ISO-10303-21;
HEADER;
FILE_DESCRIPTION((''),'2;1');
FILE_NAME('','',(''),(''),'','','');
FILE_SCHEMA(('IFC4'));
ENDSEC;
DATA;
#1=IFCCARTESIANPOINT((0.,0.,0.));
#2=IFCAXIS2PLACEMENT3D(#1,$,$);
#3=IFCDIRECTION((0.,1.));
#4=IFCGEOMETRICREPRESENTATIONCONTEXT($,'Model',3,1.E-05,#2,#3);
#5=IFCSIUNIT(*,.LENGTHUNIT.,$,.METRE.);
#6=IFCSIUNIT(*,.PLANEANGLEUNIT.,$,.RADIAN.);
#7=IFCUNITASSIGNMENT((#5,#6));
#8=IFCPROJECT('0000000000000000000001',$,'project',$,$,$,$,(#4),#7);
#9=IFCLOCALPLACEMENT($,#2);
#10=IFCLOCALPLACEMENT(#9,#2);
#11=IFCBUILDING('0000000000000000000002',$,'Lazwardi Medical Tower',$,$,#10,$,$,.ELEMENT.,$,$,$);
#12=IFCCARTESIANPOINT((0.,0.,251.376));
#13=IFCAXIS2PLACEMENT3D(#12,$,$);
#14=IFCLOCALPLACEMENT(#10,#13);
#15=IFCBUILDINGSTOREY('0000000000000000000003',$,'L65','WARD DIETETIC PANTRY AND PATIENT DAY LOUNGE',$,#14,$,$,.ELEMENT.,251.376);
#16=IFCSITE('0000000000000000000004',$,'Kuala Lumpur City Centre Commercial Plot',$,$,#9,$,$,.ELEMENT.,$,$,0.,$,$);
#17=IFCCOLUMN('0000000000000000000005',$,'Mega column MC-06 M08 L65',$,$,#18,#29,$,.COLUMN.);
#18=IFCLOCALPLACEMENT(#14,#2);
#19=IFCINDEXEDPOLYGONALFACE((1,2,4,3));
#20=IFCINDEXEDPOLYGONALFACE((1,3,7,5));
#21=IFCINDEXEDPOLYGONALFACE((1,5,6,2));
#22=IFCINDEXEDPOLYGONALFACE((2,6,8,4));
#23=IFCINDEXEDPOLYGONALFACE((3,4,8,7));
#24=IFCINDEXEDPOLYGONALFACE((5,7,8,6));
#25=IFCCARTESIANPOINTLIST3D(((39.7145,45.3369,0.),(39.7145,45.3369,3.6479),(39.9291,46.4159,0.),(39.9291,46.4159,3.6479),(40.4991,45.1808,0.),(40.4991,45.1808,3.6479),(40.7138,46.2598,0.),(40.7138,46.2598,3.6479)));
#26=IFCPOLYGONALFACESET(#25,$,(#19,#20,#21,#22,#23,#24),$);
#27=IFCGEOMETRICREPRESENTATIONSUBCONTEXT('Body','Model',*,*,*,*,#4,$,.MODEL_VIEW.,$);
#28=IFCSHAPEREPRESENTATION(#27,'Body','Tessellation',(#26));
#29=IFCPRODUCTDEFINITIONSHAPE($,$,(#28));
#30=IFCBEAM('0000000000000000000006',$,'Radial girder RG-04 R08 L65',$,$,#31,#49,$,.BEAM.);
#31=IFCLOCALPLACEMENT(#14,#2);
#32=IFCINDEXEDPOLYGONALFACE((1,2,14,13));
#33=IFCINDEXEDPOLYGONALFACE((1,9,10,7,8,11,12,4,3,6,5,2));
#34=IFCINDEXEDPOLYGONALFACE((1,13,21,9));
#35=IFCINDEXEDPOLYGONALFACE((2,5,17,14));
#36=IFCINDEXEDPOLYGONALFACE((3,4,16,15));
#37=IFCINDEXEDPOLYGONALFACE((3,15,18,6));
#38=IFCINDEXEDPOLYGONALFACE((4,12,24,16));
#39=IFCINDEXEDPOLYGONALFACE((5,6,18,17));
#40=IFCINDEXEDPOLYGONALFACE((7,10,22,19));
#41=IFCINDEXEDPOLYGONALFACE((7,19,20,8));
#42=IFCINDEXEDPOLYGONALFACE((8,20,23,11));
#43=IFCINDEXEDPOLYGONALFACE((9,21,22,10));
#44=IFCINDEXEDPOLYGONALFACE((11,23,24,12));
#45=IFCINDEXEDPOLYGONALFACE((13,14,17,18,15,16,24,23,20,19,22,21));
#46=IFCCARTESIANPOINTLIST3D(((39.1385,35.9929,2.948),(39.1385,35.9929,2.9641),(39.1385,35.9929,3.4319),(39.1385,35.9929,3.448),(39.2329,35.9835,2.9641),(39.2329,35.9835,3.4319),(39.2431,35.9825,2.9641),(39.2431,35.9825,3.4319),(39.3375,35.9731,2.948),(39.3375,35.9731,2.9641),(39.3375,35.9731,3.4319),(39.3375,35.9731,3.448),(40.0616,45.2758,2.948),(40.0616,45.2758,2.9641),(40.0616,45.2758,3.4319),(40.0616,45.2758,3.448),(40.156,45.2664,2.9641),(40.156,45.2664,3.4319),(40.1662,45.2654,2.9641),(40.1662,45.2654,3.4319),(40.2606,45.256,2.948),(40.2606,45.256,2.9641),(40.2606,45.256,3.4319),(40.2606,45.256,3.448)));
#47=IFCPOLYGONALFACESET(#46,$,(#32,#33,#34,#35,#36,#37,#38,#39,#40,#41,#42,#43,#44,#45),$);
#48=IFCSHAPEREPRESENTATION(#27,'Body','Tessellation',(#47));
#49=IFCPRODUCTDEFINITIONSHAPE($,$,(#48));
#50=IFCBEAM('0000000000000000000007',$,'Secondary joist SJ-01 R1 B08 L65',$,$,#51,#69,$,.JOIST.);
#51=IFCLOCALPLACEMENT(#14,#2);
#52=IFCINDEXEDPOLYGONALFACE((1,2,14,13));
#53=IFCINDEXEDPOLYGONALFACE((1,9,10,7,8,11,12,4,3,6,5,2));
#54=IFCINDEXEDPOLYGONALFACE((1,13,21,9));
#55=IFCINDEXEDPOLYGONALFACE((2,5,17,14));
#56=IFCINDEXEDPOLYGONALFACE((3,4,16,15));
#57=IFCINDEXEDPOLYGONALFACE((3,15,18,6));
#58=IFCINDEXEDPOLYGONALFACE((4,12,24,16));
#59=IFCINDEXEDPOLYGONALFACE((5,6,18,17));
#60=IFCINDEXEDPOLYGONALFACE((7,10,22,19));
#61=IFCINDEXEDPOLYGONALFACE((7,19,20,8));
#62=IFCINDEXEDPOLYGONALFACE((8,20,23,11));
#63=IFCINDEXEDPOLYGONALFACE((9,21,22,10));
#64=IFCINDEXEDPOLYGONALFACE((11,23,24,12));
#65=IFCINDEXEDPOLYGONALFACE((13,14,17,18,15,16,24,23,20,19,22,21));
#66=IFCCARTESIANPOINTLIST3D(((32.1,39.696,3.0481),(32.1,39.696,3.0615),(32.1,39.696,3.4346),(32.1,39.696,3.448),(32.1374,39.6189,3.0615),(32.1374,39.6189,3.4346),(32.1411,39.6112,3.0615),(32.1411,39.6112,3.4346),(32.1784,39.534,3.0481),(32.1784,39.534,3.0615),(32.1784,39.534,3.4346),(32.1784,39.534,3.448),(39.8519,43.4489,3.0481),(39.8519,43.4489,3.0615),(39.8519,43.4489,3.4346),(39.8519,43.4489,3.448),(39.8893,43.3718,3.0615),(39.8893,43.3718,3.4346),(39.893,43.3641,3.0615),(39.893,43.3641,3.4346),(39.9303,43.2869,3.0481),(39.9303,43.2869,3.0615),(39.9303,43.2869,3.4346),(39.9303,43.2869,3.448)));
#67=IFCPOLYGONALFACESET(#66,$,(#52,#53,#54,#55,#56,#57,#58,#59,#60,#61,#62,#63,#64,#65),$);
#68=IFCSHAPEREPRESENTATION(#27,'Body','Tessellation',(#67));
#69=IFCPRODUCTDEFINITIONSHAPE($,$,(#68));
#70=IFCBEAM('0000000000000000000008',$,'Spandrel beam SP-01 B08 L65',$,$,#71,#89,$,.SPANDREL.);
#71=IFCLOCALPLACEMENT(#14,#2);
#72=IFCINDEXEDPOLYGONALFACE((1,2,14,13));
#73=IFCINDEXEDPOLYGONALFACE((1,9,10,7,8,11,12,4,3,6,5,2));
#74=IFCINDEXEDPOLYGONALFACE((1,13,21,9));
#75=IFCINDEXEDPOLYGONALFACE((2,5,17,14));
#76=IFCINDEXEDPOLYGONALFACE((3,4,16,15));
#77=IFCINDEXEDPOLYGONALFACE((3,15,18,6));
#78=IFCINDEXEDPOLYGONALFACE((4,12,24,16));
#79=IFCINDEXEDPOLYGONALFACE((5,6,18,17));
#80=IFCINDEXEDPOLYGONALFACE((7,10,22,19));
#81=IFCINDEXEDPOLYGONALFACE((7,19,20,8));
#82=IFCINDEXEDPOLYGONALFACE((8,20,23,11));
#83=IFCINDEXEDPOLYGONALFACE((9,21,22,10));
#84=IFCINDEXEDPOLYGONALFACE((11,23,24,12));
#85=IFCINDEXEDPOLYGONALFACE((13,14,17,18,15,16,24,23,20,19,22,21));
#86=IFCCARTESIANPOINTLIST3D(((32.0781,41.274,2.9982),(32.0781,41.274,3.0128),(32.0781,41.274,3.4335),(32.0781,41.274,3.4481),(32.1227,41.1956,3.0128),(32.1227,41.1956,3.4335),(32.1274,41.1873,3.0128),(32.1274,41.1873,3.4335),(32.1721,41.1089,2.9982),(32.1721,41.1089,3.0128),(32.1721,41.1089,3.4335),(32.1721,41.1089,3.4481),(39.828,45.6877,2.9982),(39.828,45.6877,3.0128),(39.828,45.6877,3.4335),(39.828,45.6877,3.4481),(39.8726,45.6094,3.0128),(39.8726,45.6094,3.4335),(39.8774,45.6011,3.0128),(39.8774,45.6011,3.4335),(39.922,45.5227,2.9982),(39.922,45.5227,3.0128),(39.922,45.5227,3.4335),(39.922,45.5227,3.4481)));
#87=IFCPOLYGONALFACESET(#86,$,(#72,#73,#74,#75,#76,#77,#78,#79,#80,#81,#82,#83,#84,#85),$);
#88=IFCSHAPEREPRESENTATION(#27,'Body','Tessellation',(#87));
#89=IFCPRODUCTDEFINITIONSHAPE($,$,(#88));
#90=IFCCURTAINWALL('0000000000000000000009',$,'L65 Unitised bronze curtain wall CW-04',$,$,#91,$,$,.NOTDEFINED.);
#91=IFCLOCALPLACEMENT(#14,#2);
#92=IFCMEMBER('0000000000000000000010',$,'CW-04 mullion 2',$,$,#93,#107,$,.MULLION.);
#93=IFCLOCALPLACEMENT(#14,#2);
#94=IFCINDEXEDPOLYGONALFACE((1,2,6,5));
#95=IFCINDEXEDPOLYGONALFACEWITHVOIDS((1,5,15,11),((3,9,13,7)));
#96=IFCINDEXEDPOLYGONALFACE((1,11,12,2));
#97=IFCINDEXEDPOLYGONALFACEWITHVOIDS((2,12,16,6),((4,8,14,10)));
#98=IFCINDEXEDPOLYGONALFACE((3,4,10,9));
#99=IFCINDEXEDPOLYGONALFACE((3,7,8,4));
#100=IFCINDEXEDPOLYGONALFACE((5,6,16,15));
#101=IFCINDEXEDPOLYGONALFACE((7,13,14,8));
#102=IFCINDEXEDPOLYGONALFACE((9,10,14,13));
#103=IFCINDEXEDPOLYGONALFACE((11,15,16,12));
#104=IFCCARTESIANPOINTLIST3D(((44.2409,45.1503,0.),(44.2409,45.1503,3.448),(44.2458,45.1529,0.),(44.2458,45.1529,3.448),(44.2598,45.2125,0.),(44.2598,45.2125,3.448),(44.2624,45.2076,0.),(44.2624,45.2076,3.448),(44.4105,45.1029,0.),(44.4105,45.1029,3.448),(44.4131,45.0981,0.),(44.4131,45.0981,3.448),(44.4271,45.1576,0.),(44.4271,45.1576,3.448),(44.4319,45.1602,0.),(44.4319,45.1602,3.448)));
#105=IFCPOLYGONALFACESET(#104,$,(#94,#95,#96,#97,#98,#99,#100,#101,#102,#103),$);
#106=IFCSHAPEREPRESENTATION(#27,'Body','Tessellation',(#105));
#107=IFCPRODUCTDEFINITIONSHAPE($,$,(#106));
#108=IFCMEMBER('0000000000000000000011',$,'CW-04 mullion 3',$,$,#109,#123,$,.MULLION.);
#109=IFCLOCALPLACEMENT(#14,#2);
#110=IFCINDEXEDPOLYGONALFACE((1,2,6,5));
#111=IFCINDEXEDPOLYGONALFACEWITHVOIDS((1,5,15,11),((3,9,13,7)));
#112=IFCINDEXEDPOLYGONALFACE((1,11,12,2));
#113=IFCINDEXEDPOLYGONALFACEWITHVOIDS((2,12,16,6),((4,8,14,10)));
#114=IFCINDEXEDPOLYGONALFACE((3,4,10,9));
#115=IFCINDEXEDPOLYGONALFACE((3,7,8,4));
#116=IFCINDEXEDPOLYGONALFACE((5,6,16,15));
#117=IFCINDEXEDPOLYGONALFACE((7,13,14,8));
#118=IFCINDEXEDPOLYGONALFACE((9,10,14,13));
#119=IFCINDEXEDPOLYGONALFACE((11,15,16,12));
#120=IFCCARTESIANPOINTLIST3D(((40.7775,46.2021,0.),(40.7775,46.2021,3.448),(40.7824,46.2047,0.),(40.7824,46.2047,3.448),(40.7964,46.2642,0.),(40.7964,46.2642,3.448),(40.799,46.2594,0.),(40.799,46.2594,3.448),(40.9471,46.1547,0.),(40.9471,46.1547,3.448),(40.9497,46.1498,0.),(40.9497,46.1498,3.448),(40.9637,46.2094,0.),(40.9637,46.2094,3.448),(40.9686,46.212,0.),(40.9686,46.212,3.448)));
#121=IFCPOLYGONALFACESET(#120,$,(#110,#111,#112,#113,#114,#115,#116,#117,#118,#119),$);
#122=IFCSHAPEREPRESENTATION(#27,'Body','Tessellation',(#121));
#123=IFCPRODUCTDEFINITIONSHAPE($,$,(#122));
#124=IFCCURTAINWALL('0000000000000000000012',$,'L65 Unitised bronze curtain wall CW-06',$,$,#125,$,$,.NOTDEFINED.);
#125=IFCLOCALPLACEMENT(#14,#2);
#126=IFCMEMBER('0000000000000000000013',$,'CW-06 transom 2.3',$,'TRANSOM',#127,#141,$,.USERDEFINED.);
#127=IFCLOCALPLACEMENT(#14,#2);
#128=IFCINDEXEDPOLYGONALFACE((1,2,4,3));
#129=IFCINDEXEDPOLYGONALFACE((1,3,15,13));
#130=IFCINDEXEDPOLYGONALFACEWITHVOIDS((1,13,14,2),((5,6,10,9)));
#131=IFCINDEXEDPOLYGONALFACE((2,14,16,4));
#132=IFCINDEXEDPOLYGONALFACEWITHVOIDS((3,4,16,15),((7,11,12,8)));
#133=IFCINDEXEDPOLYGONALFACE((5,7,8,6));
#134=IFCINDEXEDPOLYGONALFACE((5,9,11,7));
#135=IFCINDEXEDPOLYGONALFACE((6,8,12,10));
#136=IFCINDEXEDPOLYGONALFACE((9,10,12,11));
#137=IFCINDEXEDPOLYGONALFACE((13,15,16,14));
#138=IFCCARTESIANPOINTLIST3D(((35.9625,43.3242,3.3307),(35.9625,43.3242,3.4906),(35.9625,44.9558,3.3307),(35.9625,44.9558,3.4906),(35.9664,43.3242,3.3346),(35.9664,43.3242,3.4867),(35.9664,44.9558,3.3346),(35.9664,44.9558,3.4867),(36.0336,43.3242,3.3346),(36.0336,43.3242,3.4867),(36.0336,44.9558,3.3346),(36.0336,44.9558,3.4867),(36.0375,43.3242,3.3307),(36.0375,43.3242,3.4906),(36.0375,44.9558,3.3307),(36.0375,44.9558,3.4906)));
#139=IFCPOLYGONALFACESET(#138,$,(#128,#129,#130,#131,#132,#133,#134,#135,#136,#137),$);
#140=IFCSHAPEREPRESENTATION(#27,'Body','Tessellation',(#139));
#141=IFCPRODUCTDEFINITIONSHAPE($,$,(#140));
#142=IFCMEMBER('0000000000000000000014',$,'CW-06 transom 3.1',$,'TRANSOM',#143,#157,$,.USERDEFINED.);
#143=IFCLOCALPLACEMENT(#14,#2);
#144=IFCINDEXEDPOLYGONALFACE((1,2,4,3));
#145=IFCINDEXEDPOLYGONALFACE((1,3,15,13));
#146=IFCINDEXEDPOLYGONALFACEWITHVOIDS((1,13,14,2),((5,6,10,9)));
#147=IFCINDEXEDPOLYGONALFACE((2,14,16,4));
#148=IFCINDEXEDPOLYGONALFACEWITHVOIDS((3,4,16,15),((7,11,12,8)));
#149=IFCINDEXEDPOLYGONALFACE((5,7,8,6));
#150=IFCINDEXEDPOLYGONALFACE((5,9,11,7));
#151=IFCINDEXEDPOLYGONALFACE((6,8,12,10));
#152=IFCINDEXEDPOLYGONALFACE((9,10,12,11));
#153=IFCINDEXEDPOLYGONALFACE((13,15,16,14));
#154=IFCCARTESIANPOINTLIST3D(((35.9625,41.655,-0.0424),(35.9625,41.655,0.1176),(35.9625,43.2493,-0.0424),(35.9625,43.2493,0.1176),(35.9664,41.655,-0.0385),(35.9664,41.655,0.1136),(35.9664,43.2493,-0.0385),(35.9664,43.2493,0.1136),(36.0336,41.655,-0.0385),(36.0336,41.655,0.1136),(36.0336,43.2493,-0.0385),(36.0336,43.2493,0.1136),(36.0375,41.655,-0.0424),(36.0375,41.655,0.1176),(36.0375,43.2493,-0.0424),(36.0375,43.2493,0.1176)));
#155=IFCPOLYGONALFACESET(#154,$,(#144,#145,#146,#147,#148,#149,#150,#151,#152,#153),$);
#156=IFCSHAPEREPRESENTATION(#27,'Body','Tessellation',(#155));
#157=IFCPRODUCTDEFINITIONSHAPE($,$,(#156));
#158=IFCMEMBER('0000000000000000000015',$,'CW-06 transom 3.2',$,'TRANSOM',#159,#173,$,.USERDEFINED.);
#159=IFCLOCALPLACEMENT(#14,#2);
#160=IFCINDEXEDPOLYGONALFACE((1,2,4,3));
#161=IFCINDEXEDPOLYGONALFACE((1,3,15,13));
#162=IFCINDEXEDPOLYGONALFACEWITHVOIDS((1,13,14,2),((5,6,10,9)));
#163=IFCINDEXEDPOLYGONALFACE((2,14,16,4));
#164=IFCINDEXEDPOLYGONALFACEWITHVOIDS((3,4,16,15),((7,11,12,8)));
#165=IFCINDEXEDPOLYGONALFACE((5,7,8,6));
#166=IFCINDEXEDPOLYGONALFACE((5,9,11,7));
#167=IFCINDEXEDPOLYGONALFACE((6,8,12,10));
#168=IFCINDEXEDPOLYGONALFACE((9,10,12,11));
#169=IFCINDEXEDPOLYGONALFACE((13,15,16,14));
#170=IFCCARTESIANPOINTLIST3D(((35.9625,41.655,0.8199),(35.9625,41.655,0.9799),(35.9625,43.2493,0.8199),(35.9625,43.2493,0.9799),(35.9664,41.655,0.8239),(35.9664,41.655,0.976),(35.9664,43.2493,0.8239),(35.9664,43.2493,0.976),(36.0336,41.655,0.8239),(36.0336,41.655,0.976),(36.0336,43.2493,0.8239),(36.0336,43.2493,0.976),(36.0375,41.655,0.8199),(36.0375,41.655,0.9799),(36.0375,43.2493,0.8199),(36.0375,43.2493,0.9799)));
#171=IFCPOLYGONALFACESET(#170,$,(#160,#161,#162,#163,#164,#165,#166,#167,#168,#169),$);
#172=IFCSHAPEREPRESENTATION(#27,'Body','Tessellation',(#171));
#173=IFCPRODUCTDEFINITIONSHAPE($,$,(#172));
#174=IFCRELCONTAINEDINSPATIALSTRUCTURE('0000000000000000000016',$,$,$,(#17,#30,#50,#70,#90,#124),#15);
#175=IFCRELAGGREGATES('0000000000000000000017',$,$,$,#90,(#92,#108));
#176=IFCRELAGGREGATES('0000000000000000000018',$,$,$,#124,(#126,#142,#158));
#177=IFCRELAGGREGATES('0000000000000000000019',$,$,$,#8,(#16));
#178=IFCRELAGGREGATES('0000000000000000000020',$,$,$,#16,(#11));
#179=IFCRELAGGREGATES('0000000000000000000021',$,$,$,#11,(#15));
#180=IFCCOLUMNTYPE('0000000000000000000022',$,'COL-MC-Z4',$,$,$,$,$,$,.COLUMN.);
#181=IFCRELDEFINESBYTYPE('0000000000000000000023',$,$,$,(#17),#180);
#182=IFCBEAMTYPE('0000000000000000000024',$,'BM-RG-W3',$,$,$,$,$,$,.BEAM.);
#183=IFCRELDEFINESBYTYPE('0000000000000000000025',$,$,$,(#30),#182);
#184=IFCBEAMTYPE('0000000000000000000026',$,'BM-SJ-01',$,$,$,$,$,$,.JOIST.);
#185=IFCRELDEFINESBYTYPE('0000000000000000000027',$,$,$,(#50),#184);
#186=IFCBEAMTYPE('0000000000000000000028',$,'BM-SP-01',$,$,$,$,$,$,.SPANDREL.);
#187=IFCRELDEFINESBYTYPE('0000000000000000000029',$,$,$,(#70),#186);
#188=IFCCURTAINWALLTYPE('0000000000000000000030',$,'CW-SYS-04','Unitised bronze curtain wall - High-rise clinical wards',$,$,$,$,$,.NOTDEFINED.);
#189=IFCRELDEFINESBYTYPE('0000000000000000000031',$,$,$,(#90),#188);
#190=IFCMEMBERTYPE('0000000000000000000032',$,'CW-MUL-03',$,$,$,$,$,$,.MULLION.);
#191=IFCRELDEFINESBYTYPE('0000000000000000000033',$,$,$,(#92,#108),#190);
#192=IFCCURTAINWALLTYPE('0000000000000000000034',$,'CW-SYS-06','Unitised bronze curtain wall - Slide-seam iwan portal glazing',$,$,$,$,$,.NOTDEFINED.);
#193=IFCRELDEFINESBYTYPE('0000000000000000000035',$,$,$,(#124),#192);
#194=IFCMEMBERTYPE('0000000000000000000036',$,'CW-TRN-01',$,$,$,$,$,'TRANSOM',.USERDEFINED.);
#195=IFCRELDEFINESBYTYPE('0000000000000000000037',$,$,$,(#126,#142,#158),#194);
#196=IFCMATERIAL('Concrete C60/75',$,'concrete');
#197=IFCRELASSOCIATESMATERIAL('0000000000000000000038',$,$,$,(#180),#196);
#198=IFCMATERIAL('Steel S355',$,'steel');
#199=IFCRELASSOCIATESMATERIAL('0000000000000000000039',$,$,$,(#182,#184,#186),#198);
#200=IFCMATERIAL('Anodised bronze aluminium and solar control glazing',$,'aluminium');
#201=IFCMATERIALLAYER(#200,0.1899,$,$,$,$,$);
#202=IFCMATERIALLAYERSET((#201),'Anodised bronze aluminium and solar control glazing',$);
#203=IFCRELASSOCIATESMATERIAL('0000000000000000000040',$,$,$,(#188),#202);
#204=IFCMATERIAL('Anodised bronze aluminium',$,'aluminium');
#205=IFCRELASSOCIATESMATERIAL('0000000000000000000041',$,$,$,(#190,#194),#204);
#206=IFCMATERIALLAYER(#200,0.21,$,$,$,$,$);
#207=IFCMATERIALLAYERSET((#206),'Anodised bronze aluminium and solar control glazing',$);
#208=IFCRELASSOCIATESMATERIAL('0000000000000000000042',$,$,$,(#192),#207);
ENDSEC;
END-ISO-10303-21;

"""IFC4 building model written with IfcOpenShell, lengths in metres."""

from ifc_helpers import new_model, si_unit, direction, frame, origin, origin_2d, place, context, subcontext, project, spatial, rectangle, hollow_rectangle, i_section, extrude, material, layer, layer_set, material_profile, profile_set, type_object, element, aggregate, save


model = new_model("IFC4")

# Units and contexts
model_context = context("Model", 3, precision=1e-05, world=origin(), true_north=direction((0.0, 1.0)))
body_context = subcontext(model_context, "Body", "Model", "MODEL_VIEW")
ifc_project = project(units=[si_unit("LENGTHUNIT", "METRE"), si_unit("PLANEANGLEUNIT", "RADIAN")], contexts=[model_context])

# Site, building, storey
site_placement = place(None, origin())
site = spatial("IfcSite", under=ifc_project, at=site_placement, Name="Kuala Lumpur City Centre Commercial Plot", CompositionType="ELEMENT", RefElevation=0.0)
building_placement = place(site_placement, origin())
building = spatial("IfcBuilding", under=site, at=building_placement, Name="Lazwardi Medical Tower", CompositionType="ELEMENT")
storey_placement = place(building_placement, frame((0.0, 0.0, 251.376)))
storey = spatial("IfcBuildingStorey", under=building, at=storey_placement, Name="L65", Description="WARD DIETETIC PANTRY AND PATIENT DAY LOUNGE", CompositionType="ELEMENT", Elevation=251.376)

# Column
ifc_material_1 = material(Name="Concrete C60/75", Category="concrete")
ifc_material_profile_1 = material_profile(ifc_material_1, rectangle(XDim=1.1001, YDim=0.8, at=origin_2d()), Name="CFT-RECT 1100x800")
ifc_profile_set_1 = profile_set([ifc_material_profile_1], Name="Concrete C60/75")
column_type = type_object("IfcColumnType", Name="COL-MC-Z4", PredefinedType="COLUMN", material=ifc_profile_set_1)
column_placement = place(storey_placement, frame((40.2141, 45.7983, 0.0), z_axis=(0.0, 0.0, 1.0), x_axis=(0.19509, 0.980785, 0.0)))
element("IfcColumn", 1, at=column_placement, inside=storey, type_object=column_type, Name="Mega column MC-06 M08 L65", PredefinedType="COLUMN", context=body_context, shape_type="SweptSolid", body=[
    extrude(rectangle(XDim=1.1001, YDim=0.8, at=origin_2d()), origin(), (0.0, 0.0, 1.0), 3.6479),
])

# Beams
ifc_material_2 = material(Name="Steel S355", Category="steel")
ifc_material_profile_2 = material_profile(ifc_material_2, i_section(OverallWidth=0.2, OverallDepth=0.5, WebThickness=0.0103, FlangeThickness=0.0161, at=origin_2d()), Name="IPE 500")
ifc_profile_set_2 = profile_set([ifc_material_profile_2], Name="Steel S355")
beam_type_1 = type_object("IfcBeamType", Name="BM-RG-W3", PredefinedType="BEAM", material=ifc_profile_set_2)
beam_1_placement = place(storey_placement, frame((40.1611, 45.2659, 3.198), z_axis=(-0.098954, -0.995092, 0.0), x_axis=(0.995092, -0.098954, 0.0)))
element("IfcBeam", 2, at=beam_1_placement, inside=storey, type_object=beam_type_1, Name="Radial girder RG-04 R08 L65", PredefinedType="BEAM", context=body_context, shape_type="SweptSolid", body=[
    extrude(i_section(OverallWidth=0.2, OverallDepth=0.5, WebThickness=0.0103, FlangeThickness=0.0161, at=origin_2d()), origin(), (0.0, 0.0, 1.0), 9.3286),
])
ifc_material_profile_3 = material_profile(ifc_material_2, i_section(OverallWidth=0.1799, OverallDepth=0.3999, WebThickness=0.0085, FlangeThickness=0.0134, at=origin_2d()), Name="IPE 400")
ifc_profile_set_3 = profile_set([ifc_material_profile_3], Name="Steel S355")
beam_type_2 = type_object("IfcBeamType", Name="BM-SJ-01", PredefinedType="JOIST", material=ifc_profile_set_3)
beam_2_placement = place(storey_placement, frame((39.8911, 43.3679, 3.248), z_axis=(-0.900069, -0.435748, 0.0), x_axis=(0.435748, -0.900069, 0.0)))
element("IfcBeam", 3, at=beam_2_placement, inside=storey, type_object=beam_type_2, Name="Secondary joist SJ-01 R1 B08 L65", PredefinedType="JOIST", context=body_context, shape_type="SweptSolid", body=[
    extrude(i_section(OverallWidth=0.1799, OverallDepth=0.3999, WebThickness=0.0085, FlangeThickness=0.0134, at=origin_2d()), origin(), (0.0, 0.0, 1.0), 8.6125),
])
ifc_material_profile_4 = material_profile(ifc_material_2, i_section(OverallWidth=0.1899, OverallDepth=0.45, WebThickness=0.0095, FlangeThickness=0.0146, at=origin_2d()), Name="IPE 450")
ifc_profile_set_4 = profile_set([ifc_material_profile_4], Name="Steel S355")
beam_type_3 = type_object("IfcBeamType", Name="BM-SP-01", PredefinedType="SPANDREL", material=ifc_profile_set_4)
beam_3_placement = place(storey_placement, frame((39.875, 45.6052, 3.2231), z_axis=(-0.868955, -0.494891, 0.0), x_axis=(0.494891, -0.868955, 0.0)))
element("IfcBeam", 4, at=beam_3_placement, inside=storey, type_object=beam_type_3, Name="Spandrel beam SP-01 B08 L65", PredefinedType="SPANDREL", context=body_context, shape_type="SweptSolid", body=[
    extrude(i_section(OverallWidth=0.1899, OverallDepth=0.45, WebThickness=0.0095, FlangeThickness=0.0146, at=origin_2d()), origin(), (0.0, 0.0, 1.0), 8.9187),
])

# Curtain walls, members
ifc_material_3 = material(Name="Anodised bronze aluminium and solar control glazing", Category="aluminium")
ifc_layer_1 = layer(ifc_material_3, 0.1899)
ifc_layer_set_1 = layer_set([ifc_layer_1], Name="Anodised bronze aluminium and solar control glazing")
curtain_wall_type_1 = type_object("IfcCurtainWallType", Name="CW-SYS-04", Description="Unitised bronze curtain wall - High-rise clinical wards", PredefinedType="NOTDEFINED", material=ifc_layer_set_1)
curtain_wall_1_placement = place(storey_placement, origin())
curtain_wall_1 = element("IfcCurtainWall", 5, at=curtain_wall_1_placement, inside=storey, type_object=curtain_wall_type_1, Name="L65 Unitised bronze curtain wall CW-04", PredefinedType="NOTDEFINED")
ifc_material_4 = material(Name="Anodised bronze aluminium", Category="aluminium")
ifc_material_profile_5 = material_profile(ifc_material_4, hollow_rectangle(XDim=0.0649, YDim=0.1799, WallThickness=0.0039, at=origin_2d()), Name="ALU-MULLION 180x65x4")
ifc_profile_set_5 = profile_set([ifc_material_profile_5], Name="Anodised bronze aluminium")
member_type_1 = type_object("IfcMemberType", Name="CW-MUL-03", PredefinedType="MULLION", material=ifc_profile_set_5)
member_1_placement = place(storey_placement, frame((44.3364, 45.1553, 0.0), z_axis=(0.0, 0.0, 1.0), x_axis=(-0.290582, -0.95685, 0.0)))
member_1 = element("IfcMember", 6, at=member_1_placement, type_object=member_type_1, Name="CW-04 mullion 2", PredefinedType="MULLION", context=body_context, shape_type="SweptSolid", body=[
    extrude(hollow_rectangle(XDim=0.0649, YDim=0.1799, WallThickness=0.0039, at=origin_2d()), origin(), (0.0, 0.0, 1.0), 3.448),
])
member_2_placement = place(storey_placement, frame((40.873, 46.207, 0.0), z_axis=(0.0, 0.0, 1.0), x_axis=(-0.290582, -0.95685, 0.0)))
member_2 = element("IfcMember", 7, at=member_2_placement, type_object=member_type_1, Name="CW-04 mullion 3", PredefinedType="MULLION", context=body_context, shape_type="SweptSolid", body=[
    extrude(hollow_rectangle(XDim=0.0649, YDim=0.1799, WallThickness=0.0039, at=origin_2d()), origin(), (0.0, 0.0, 1.0), 3.448),
])
ifc_layer_2 = layer(ifc_material_3, 0.21)
ifc_layer_set_2 = layer_set([ifc_layer_2], Name="Anodised bronze aluminium and solar control glazing")
curtain_wall_type_2 = type_object("IfcCurtainWallType", Name="CW-SYS-06", Description="Unitised bronze curtain wall - Slide-seam iwan portal glazing", PredefinedType="NOTDEFINED", material=ifc_layer_set_2)
curtain_wall_2_placement = place(storey_placement, origin())
curtain_wall_2 = element("IfcCurtainWall", 8, at=curtain_wall_2_placement, inside=storey, type_object=curtain_wall_type_2, Name="L65 Unitised bronze curtain wall CW-06", PredefinedType="NOTDEFINED")
ifc_material_profile_6 = material_profile(ifc_material_4, hollow_rectangle(XDim=0.075, YDim=0.1599, WallThickness=0.0039, at=origin_2d()), Name="ALU-TRANSOM 160x75x4")
ifc_profile_set_6 = profile_set([ifc_material_profile_6], Name="Anodised bronze aluminium")
member_type_2 = type_object("IfcMemberType", Name="CW-TRN-01", ElementType="TRANSOM", PredefinedType="USERDEFINED", material=ifc_profile_set_6)
member_3_placement = place(storey_placement, frame((36.0, 44.9558, 3.4106), z_axis=(0.0, -1.0, 0.0), x_axis=(1.0, 0.0, 0.0)))
member_3 = element("IfcMember", 9, at=member_3_placement, type_object=member_type_2, Name="CW-06 transom 2.3", ObjectType="TRANSOM", PredefinedType="USERDEFINED", context=body_context, shape_type="SweptSolid", body=[
    extrude(hollow_rectangle(XDim=0.075, YDim=0.1599, WallThickness=0.0039, at=origin_2d()), origin(), (0.0, 0.0, 1.0), 1.6316),
])
member_4_placement = place(storey_placement, frame((36.0, 43.2493, 0.0376), z_axis=(0.0, -1.0, 0.0), x_axis=(1.0, 0.0, 0.0)))
member_4 = element("IfcMember", 10, at=member_4_placement, type_object=member_type_2, Name="CW-06 transom 3.1", ObjectType="TRANSOM", PredefinedType="USERDEFINED", context=body_context, shape_type="SweptSolid", body=[
    extrude(hollow_rectangle(XDim=0.075, YDim=0.1599, WallThickness=0.0039, at=origin_2d()), origin(), (0.0, 0.0, 1.0), 1.5942),
])
member_5_placement = place(storey_placement, frame((36.0, 43.2493, 0.8999), z_axis=(0.0, -1.0, 0.0), x_axis=(1.0, 0.0, 0.0)))
member_5 = element("IfcMember", 11, at=member_5_placement, type_object=member_type_2, Name="CW-06 transom 3.2", ObjectType="TRANSOM", PredefinedType="USERDEFINED", context=body_context, shape_type="SweptSolid", body=[
    extrude(hollow_rectangle(XDim=0.075, YDim=0.1599, WallThickness=0.0039, at=origin_2d()), origin(), (0.0, 0.0, 1.0), 1.5942),
])

aggregate(curtain_wall_1, [member_1, member_2])
aggregate(curtain_wall_2, [member_3, member_4, member_5])

save(model, "model.ifc")
